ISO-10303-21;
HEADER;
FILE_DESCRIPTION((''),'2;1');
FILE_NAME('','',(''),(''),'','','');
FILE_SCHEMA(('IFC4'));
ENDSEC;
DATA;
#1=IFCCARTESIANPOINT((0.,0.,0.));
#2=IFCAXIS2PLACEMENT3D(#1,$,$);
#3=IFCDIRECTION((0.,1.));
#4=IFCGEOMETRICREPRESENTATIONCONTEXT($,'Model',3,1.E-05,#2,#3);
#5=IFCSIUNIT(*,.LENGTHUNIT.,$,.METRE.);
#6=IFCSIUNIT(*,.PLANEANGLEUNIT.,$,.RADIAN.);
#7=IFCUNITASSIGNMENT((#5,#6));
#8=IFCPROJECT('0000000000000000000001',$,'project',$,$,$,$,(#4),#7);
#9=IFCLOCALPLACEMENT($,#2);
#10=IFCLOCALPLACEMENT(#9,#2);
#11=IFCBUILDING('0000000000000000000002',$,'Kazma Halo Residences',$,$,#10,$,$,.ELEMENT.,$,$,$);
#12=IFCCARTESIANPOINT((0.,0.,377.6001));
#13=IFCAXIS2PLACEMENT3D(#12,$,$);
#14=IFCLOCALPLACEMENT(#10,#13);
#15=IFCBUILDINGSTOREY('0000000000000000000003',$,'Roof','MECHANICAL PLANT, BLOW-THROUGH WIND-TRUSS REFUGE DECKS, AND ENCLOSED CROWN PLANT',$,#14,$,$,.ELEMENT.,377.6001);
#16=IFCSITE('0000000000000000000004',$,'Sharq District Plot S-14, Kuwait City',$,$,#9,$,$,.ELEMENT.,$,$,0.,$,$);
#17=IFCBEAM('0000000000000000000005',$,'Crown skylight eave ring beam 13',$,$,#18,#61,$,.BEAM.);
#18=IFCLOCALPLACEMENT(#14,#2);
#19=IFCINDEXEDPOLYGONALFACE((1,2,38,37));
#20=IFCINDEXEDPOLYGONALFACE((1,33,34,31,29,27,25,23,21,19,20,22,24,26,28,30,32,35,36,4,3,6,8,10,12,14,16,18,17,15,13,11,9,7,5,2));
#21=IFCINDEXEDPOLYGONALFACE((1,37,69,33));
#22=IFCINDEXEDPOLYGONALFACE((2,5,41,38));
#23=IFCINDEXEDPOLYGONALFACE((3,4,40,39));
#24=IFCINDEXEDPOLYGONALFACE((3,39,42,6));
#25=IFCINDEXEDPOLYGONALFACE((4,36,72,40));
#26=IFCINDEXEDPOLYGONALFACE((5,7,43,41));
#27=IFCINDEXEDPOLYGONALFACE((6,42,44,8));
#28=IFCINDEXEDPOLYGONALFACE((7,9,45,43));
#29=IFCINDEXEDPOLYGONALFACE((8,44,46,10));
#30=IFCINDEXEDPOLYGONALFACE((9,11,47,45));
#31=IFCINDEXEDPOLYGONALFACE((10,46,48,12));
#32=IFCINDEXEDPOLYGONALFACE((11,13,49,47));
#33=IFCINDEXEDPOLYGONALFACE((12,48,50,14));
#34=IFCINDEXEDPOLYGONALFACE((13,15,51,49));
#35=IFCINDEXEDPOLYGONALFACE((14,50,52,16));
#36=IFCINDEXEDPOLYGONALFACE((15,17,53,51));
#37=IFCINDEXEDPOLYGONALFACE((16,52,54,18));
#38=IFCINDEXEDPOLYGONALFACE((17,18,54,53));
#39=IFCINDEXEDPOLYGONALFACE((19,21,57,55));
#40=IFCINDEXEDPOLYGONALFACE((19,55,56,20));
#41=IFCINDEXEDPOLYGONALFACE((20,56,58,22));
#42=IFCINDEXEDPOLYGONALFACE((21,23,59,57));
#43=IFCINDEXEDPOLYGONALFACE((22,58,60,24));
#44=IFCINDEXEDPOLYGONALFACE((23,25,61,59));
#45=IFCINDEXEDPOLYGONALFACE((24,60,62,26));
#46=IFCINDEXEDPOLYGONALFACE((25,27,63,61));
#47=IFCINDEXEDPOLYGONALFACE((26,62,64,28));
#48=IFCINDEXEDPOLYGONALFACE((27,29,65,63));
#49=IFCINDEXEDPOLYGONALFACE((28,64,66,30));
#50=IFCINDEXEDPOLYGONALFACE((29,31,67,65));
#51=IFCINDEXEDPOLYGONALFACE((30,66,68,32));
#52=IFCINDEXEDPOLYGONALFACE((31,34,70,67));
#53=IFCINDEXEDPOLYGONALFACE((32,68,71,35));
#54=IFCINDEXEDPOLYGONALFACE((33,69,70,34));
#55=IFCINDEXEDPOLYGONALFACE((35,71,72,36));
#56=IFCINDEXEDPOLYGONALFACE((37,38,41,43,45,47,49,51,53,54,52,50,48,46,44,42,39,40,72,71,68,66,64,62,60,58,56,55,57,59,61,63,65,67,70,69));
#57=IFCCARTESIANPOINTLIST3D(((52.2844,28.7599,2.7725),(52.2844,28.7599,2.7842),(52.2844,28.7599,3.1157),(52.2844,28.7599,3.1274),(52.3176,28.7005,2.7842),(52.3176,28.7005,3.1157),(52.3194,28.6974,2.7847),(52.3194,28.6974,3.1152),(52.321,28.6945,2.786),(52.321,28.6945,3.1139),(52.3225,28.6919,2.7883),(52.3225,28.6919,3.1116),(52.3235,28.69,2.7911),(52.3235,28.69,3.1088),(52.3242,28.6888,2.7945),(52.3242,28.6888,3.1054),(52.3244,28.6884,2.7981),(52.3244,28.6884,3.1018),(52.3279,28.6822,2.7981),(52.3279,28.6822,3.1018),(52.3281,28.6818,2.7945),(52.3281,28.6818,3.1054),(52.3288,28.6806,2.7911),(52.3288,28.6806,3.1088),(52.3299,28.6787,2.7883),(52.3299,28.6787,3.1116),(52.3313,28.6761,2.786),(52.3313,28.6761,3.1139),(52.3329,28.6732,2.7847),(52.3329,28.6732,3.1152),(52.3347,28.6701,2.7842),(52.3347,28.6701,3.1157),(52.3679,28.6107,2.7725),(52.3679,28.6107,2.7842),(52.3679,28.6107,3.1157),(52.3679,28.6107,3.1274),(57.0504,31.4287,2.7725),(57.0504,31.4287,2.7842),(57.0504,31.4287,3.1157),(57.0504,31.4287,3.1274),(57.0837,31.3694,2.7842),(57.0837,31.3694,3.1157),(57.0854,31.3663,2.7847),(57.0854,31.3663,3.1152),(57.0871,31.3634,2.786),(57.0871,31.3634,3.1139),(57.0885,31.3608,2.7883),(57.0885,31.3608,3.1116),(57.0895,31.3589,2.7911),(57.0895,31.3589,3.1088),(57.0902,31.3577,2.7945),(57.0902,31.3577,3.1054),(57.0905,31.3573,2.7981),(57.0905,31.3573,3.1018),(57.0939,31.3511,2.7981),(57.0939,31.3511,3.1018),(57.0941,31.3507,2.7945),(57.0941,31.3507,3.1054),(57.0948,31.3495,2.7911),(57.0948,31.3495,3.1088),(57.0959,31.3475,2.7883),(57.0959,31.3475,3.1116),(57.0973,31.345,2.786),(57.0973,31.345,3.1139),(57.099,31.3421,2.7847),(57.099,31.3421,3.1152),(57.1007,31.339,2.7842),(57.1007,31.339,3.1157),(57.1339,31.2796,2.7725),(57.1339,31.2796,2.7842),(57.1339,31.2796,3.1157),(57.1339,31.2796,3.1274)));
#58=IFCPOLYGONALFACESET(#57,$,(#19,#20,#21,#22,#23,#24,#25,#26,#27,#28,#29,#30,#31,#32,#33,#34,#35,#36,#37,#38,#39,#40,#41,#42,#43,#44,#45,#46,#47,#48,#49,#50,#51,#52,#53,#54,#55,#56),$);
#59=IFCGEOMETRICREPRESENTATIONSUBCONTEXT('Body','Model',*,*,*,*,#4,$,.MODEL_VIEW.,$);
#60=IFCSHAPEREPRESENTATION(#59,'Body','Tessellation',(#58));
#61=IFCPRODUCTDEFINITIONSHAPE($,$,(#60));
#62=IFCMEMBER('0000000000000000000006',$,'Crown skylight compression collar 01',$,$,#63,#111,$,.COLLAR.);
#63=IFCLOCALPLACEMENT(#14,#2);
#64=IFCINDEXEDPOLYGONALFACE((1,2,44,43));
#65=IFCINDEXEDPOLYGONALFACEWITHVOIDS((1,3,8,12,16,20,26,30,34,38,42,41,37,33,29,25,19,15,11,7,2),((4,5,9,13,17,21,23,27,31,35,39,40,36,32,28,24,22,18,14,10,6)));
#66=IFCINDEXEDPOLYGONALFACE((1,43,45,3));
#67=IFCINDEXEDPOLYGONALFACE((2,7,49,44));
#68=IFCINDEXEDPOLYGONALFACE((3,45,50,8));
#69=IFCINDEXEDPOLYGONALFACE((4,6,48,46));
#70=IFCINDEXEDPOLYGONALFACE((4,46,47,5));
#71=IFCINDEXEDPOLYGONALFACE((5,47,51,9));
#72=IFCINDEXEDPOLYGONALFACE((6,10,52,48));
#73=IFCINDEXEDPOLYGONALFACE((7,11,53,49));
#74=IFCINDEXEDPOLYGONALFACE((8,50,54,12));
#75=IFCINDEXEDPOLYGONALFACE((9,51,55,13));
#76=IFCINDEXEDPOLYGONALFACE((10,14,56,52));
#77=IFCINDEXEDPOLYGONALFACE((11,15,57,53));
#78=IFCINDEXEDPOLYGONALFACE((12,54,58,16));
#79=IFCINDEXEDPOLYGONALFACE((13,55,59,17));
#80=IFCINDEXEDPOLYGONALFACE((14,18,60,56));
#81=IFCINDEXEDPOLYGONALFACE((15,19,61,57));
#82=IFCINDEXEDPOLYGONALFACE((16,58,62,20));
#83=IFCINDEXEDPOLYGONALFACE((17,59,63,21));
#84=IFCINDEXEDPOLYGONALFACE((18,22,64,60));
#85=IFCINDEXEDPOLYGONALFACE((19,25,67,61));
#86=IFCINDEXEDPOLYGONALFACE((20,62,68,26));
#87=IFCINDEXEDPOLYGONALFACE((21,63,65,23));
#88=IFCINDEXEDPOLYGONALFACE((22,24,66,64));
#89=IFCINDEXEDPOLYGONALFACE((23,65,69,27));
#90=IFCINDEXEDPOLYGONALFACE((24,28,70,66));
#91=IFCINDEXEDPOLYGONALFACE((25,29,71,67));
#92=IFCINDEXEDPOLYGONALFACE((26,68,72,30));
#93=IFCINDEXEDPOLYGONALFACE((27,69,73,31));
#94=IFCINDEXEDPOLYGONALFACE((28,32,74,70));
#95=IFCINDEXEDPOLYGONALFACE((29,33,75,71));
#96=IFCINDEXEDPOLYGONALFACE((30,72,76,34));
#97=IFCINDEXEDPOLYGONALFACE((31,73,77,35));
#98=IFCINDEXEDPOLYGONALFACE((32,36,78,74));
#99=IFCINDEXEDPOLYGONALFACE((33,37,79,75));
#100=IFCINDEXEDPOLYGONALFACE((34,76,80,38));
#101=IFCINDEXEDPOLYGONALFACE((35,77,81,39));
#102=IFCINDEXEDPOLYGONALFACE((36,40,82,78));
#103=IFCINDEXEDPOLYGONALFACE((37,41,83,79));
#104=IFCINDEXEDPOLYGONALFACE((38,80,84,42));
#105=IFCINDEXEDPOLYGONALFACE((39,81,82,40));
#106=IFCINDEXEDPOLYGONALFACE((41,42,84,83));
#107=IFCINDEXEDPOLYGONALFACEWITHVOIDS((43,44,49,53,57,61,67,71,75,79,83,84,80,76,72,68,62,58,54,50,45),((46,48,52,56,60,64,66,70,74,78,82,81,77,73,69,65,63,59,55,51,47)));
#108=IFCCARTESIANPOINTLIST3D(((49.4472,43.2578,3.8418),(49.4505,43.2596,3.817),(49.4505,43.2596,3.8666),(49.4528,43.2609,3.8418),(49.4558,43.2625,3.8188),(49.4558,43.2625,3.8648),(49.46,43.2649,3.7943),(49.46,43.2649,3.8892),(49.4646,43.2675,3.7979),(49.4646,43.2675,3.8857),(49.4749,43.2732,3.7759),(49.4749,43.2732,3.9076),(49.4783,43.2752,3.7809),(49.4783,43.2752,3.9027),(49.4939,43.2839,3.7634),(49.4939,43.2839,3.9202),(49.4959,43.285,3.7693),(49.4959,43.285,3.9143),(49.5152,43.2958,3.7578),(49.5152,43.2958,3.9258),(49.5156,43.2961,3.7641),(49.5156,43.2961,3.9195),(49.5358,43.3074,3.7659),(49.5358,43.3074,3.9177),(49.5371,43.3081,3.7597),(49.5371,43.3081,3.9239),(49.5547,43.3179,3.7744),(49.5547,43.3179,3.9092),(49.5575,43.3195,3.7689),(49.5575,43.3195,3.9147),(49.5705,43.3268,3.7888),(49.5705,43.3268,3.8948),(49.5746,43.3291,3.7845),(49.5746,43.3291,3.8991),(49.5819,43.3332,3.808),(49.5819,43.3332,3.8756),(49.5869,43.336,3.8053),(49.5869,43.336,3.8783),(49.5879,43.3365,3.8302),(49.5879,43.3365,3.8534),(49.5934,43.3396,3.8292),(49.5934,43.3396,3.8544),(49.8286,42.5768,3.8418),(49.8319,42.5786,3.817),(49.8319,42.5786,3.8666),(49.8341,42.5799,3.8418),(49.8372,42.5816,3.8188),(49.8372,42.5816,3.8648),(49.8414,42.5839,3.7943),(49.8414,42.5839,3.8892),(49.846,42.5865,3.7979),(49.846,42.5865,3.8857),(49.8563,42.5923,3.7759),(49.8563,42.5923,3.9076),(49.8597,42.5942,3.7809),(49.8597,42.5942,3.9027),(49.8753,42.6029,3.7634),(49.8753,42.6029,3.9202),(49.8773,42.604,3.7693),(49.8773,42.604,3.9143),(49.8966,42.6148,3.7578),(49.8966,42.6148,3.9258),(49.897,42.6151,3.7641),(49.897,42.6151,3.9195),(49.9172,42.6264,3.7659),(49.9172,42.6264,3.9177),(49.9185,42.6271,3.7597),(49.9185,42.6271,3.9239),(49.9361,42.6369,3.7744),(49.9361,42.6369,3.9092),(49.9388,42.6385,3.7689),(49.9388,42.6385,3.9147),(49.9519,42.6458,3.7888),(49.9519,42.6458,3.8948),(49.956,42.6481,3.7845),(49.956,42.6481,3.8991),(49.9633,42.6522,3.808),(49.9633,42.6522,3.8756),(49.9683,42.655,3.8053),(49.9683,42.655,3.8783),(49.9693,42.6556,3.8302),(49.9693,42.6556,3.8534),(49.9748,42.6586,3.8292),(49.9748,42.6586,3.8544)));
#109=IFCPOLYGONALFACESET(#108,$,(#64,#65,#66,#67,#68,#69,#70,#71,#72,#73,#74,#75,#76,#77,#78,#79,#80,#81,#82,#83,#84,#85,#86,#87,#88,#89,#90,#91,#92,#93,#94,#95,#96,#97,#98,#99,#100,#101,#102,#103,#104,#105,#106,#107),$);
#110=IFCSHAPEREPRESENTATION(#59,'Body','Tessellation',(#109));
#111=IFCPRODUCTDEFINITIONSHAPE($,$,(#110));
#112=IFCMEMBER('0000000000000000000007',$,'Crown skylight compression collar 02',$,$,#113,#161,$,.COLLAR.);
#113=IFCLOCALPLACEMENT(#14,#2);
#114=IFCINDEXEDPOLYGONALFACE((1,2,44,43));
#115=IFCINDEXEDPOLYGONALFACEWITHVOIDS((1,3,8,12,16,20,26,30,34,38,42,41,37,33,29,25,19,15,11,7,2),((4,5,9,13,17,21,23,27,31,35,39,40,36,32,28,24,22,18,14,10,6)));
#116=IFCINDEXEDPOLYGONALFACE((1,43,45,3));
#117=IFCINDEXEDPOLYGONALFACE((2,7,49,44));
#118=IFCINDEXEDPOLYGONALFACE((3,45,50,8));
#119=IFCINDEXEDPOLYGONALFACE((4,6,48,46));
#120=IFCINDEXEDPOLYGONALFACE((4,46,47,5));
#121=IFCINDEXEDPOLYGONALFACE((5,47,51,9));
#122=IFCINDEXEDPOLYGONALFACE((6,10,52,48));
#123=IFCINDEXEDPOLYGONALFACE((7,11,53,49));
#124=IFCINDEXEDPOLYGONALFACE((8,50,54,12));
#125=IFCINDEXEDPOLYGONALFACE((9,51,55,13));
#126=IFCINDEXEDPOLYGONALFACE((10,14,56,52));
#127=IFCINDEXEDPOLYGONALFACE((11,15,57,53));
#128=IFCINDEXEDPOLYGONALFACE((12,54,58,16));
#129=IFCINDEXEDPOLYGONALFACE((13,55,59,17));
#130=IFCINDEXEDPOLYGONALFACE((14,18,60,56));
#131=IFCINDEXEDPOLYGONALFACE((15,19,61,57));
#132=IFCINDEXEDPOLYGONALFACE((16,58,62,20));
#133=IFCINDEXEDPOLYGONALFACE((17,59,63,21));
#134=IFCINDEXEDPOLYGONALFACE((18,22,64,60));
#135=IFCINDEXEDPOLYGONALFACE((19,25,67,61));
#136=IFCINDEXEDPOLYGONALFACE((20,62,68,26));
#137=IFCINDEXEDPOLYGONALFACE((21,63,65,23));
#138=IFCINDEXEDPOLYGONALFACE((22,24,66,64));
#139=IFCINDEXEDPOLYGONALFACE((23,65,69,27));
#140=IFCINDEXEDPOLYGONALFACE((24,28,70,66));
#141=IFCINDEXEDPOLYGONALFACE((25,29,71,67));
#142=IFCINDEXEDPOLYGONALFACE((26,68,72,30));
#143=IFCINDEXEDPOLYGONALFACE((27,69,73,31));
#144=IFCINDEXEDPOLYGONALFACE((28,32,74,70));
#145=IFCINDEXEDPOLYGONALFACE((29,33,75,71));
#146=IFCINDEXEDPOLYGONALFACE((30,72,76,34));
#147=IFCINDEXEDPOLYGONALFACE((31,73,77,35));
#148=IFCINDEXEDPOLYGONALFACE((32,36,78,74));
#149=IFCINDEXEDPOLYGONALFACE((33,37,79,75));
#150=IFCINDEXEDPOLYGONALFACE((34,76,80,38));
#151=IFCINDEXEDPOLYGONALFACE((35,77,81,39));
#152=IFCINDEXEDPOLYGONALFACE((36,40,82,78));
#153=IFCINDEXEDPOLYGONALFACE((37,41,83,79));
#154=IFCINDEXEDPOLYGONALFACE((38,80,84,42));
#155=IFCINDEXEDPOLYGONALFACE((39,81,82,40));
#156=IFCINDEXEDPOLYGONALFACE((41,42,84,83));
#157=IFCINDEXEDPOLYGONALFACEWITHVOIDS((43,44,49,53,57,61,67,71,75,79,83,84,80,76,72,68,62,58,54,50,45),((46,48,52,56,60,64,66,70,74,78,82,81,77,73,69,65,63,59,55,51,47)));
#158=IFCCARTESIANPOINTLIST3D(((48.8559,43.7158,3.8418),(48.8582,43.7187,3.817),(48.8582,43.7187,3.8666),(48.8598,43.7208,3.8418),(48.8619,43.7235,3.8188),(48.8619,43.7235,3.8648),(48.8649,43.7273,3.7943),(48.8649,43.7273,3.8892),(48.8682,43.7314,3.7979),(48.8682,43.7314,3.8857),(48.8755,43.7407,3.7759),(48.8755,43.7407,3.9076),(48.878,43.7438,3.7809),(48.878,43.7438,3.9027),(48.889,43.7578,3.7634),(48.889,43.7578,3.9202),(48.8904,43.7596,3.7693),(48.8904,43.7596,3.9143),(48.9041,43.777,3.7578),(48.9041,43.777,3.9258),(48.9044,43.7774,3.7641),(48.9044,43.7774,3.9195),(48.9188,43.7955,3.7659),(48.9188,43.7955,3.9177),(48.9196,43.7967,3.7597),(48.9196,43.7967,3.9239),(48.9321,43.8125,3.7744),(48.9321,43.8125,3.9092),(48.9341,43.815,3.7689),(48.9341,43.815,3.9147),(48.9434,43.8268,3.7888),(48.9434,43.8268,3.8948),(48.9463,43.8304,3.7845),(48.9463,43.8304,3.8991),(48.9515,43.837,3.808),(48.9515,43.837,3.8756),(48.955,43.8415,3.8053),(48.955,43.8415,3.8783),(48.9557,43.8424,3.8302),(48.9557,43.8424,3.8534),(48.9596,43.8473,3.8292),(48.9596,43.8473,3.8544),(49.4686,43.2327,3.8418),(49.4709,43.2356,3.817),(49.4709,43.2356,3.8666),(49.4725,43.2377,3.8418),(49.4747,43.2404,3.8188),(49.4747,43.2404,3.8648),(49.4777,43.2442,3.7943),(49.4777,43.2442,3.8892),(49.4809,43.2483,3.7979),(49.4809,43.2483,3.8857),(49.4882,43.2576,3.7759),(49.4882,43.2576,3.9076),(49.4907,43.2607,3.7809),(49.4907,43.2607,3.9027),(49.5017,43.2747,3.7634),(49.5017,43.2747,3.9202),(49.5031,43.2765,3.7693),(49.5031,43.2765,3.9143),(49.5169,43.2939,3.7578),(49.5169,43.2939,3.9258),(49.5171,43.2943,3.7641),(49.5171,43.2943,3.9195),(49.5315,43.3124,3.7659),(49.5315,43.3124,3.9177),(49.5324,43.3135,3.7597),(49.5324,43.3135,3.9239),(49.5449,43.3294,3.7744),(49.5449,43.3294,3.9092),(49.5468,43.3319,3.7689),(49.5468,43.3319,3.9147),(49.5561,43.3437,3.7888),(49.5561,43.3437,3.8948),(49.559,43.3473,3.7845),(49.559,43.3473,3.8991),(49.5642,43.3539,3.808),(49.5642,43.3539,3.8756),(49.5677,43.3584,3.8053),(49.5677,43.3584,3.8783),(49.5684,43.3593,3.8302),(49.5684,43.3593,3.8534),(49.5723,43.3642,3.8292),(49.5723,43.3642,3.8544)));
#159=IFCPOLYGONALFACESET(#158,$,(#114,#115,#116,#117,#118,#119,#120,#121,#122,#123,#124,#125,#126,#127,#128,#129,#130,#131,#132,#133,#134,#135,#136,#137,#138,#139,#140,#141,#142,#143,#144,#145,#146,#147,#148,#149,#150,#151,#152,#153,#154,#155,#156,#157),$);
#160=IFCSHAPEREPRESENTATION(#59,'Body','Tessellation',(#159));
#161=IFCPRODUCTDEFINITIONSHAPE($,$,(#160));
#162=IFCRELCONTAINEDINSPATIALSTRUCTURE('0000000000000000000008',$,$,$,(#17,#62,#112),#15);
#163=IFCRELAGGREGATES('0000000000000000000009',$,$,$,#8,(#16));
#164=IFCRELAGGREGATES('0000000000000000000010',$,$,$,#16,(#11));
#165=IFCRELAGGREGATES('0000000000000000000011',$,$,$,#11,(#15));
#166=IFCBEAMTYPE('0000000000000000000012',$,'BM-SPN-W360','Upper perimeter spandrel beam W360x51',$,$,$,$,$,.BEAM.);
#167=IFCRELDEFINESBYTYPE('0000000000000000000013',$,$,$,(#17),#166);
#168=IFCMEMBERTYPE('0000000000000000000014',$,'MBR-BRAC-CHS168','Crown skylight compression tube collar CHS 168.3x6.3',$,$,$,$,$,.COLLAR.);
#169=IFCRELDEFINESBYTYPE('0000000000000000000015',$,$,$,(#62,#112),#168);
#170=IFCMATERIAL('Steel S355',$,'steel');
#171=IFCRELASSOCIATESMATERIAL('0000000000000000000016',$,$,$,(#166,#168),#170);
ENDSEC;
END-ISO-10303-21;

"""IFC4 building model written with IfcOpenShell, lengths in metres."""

from ifc_helpers import new_model, si_unit, direction, frame, origin, origin_2d, place, context, subcontext, project, spatial, hollow_circle, i_section, extrude, material, material_profile, profile_set, type_object, element, save


model = new_model("IFC4")

# Units and contexts
model_context = context("Model", 3, precision=1e-05, world=origin(), true_north=direction((0.0, 1.0)))
body_context = subcontext(model_context, "Body", "Model", "MODEL_VIEW")
ifc_project = project(units=[si_unit("LENGTHUNIT", "METRE"), si_unit("PLANEANGLEUNIT", "RADIAN")], contexts=[model_context])

# Site, building, storey
site_placement = place(None, origin())
site = spatial("IfcSite", under=ifc_project, at=site_placement, Name="Sharq District Plot S-14, Kuwait City", CompositionType="ELEMENT", RefElevation=0.0)
building_placement = place(site_placement, origin())
building = spatial("IfcBuilding", under=site, at=building_placement, Name="Kazma Halo Residences", CompositionType="ELEMENT")
storey_placement = place(building_placement, frame((0.0, 0.0, 377.6001)))
storey = spatial("IfcBuildingStorey", under=building, at=storey_placement, Name="Roof", Description="MECHANICAL PLANT, BLOW-THROUGH WIND-TRUSS REFUGE DECKS, AND ENCLOSED CROWN PLANT", CompositionType="ELEMENT", Elevation=377.6001)

# Shared definitions
ifc_material_1 = material(Name="Steel S355", Category="steel")

# Beam
ifc_material_profile_1 = material_profile(ifc_material_1, i_section(OverallWidth=0.1709, OverallDepth=0.355, WebThickness=0.0071, FlangeThickness=0.0117, FilletRadius=0.0139, at=origin_2d()), Name="W360x51")
ifc_profile_set_1 = profile_set([ifc_material_profile_1], Name="Steel S355")
beam_type_1 = type_object("IfcBeamType", Name="BM-SPN-W360", Description="Upper perimeter spandrel beam W360x51", PredefinedType="BEAM", material=ifc_profile_set_1)
beam_1_placement = place(storey_placement, frame((52.3262, 28.6853, 2.95), z_axis=(0.872512, 0.488592, 0.0), x_axis=(-0.488592, 0.872512, 0.0)))
element("IfcBeam", 1, at=beam_1_placement, inside=storey, type_object=beam_type_1, Name="Crown skylight eave ring beam 13", PredefinedType="BEAM", context=body_context, shape_type="SweptSolid", body=[
    extrude(i_section(OverallWidth=0.1709, OverallDepth=0.355, WebThickness=0.0071, FlangeThickness=0.0117, FilletRadius=0.0139, at=origin_2d()), origin(), (0.0, 0.0, 1.0), 5.4624),
])

# Members
ifc_material_profile_2 = material_profile(ifc_material_1, hollow_circle(Radius=0.0842, WallThickness=0.0063, at=origin_2d()), Name="CHS168.3x6.3")
ifc_profile_set_2 = profile_set([ifc_material_profile_2], Name="Steel S355")
member_type_1 = type_object("IfcMemberType", Name="MBR-BRAC-CHS168", Description="Crown skylight compression tube collar CHS 168.3x6.3", PredefinedType="COLLAR", material=ifc_profile_set_2)
member_1_placement = place(storey_placement, frame((49.9021, 42.6179, 3.8418), z_axis=(-0.488641, 0.872485, 0.0), x_axis=(-0.872485, -0.488641, 0.0)))
element("IfcMember", 2, at=member_1_placement, inside=storey, type_object=member_type_1, Name="Crown skylight compression collar 01", PredefinedType="COLLAR", context=body_context, shape_type="SweptSolid", body=[
    extrude(hollow_circle(Radius=0.0842, WallThickness=0.0063, at=origin_2d()), origin(), (0.0, 0.0, 1.0), 0.7805),
])
member_2_placement = place(storey_placement, frame((49.5208, 43.2988, 3.8418), z_axis=(-0.785275, 0.619147, 0.0), x_axis=(-0.619147, -0.785275, 0.0)))
element("IfcMember", 3, at=member_2_placement, inside=storey, type_object=member_type_1, Name="Crown skylight compression collar 02", PredefinedType="COLLAR", context=body_context, shape_type="SweptSolid", body=[
    extrude(hollow_circle(Radius=0.0842, WallThickness=0.0063, at=origin_2d()), origin(), (0.0, 0.0, 1.0), 0.7803),
])

save(model, "model.ifc")
